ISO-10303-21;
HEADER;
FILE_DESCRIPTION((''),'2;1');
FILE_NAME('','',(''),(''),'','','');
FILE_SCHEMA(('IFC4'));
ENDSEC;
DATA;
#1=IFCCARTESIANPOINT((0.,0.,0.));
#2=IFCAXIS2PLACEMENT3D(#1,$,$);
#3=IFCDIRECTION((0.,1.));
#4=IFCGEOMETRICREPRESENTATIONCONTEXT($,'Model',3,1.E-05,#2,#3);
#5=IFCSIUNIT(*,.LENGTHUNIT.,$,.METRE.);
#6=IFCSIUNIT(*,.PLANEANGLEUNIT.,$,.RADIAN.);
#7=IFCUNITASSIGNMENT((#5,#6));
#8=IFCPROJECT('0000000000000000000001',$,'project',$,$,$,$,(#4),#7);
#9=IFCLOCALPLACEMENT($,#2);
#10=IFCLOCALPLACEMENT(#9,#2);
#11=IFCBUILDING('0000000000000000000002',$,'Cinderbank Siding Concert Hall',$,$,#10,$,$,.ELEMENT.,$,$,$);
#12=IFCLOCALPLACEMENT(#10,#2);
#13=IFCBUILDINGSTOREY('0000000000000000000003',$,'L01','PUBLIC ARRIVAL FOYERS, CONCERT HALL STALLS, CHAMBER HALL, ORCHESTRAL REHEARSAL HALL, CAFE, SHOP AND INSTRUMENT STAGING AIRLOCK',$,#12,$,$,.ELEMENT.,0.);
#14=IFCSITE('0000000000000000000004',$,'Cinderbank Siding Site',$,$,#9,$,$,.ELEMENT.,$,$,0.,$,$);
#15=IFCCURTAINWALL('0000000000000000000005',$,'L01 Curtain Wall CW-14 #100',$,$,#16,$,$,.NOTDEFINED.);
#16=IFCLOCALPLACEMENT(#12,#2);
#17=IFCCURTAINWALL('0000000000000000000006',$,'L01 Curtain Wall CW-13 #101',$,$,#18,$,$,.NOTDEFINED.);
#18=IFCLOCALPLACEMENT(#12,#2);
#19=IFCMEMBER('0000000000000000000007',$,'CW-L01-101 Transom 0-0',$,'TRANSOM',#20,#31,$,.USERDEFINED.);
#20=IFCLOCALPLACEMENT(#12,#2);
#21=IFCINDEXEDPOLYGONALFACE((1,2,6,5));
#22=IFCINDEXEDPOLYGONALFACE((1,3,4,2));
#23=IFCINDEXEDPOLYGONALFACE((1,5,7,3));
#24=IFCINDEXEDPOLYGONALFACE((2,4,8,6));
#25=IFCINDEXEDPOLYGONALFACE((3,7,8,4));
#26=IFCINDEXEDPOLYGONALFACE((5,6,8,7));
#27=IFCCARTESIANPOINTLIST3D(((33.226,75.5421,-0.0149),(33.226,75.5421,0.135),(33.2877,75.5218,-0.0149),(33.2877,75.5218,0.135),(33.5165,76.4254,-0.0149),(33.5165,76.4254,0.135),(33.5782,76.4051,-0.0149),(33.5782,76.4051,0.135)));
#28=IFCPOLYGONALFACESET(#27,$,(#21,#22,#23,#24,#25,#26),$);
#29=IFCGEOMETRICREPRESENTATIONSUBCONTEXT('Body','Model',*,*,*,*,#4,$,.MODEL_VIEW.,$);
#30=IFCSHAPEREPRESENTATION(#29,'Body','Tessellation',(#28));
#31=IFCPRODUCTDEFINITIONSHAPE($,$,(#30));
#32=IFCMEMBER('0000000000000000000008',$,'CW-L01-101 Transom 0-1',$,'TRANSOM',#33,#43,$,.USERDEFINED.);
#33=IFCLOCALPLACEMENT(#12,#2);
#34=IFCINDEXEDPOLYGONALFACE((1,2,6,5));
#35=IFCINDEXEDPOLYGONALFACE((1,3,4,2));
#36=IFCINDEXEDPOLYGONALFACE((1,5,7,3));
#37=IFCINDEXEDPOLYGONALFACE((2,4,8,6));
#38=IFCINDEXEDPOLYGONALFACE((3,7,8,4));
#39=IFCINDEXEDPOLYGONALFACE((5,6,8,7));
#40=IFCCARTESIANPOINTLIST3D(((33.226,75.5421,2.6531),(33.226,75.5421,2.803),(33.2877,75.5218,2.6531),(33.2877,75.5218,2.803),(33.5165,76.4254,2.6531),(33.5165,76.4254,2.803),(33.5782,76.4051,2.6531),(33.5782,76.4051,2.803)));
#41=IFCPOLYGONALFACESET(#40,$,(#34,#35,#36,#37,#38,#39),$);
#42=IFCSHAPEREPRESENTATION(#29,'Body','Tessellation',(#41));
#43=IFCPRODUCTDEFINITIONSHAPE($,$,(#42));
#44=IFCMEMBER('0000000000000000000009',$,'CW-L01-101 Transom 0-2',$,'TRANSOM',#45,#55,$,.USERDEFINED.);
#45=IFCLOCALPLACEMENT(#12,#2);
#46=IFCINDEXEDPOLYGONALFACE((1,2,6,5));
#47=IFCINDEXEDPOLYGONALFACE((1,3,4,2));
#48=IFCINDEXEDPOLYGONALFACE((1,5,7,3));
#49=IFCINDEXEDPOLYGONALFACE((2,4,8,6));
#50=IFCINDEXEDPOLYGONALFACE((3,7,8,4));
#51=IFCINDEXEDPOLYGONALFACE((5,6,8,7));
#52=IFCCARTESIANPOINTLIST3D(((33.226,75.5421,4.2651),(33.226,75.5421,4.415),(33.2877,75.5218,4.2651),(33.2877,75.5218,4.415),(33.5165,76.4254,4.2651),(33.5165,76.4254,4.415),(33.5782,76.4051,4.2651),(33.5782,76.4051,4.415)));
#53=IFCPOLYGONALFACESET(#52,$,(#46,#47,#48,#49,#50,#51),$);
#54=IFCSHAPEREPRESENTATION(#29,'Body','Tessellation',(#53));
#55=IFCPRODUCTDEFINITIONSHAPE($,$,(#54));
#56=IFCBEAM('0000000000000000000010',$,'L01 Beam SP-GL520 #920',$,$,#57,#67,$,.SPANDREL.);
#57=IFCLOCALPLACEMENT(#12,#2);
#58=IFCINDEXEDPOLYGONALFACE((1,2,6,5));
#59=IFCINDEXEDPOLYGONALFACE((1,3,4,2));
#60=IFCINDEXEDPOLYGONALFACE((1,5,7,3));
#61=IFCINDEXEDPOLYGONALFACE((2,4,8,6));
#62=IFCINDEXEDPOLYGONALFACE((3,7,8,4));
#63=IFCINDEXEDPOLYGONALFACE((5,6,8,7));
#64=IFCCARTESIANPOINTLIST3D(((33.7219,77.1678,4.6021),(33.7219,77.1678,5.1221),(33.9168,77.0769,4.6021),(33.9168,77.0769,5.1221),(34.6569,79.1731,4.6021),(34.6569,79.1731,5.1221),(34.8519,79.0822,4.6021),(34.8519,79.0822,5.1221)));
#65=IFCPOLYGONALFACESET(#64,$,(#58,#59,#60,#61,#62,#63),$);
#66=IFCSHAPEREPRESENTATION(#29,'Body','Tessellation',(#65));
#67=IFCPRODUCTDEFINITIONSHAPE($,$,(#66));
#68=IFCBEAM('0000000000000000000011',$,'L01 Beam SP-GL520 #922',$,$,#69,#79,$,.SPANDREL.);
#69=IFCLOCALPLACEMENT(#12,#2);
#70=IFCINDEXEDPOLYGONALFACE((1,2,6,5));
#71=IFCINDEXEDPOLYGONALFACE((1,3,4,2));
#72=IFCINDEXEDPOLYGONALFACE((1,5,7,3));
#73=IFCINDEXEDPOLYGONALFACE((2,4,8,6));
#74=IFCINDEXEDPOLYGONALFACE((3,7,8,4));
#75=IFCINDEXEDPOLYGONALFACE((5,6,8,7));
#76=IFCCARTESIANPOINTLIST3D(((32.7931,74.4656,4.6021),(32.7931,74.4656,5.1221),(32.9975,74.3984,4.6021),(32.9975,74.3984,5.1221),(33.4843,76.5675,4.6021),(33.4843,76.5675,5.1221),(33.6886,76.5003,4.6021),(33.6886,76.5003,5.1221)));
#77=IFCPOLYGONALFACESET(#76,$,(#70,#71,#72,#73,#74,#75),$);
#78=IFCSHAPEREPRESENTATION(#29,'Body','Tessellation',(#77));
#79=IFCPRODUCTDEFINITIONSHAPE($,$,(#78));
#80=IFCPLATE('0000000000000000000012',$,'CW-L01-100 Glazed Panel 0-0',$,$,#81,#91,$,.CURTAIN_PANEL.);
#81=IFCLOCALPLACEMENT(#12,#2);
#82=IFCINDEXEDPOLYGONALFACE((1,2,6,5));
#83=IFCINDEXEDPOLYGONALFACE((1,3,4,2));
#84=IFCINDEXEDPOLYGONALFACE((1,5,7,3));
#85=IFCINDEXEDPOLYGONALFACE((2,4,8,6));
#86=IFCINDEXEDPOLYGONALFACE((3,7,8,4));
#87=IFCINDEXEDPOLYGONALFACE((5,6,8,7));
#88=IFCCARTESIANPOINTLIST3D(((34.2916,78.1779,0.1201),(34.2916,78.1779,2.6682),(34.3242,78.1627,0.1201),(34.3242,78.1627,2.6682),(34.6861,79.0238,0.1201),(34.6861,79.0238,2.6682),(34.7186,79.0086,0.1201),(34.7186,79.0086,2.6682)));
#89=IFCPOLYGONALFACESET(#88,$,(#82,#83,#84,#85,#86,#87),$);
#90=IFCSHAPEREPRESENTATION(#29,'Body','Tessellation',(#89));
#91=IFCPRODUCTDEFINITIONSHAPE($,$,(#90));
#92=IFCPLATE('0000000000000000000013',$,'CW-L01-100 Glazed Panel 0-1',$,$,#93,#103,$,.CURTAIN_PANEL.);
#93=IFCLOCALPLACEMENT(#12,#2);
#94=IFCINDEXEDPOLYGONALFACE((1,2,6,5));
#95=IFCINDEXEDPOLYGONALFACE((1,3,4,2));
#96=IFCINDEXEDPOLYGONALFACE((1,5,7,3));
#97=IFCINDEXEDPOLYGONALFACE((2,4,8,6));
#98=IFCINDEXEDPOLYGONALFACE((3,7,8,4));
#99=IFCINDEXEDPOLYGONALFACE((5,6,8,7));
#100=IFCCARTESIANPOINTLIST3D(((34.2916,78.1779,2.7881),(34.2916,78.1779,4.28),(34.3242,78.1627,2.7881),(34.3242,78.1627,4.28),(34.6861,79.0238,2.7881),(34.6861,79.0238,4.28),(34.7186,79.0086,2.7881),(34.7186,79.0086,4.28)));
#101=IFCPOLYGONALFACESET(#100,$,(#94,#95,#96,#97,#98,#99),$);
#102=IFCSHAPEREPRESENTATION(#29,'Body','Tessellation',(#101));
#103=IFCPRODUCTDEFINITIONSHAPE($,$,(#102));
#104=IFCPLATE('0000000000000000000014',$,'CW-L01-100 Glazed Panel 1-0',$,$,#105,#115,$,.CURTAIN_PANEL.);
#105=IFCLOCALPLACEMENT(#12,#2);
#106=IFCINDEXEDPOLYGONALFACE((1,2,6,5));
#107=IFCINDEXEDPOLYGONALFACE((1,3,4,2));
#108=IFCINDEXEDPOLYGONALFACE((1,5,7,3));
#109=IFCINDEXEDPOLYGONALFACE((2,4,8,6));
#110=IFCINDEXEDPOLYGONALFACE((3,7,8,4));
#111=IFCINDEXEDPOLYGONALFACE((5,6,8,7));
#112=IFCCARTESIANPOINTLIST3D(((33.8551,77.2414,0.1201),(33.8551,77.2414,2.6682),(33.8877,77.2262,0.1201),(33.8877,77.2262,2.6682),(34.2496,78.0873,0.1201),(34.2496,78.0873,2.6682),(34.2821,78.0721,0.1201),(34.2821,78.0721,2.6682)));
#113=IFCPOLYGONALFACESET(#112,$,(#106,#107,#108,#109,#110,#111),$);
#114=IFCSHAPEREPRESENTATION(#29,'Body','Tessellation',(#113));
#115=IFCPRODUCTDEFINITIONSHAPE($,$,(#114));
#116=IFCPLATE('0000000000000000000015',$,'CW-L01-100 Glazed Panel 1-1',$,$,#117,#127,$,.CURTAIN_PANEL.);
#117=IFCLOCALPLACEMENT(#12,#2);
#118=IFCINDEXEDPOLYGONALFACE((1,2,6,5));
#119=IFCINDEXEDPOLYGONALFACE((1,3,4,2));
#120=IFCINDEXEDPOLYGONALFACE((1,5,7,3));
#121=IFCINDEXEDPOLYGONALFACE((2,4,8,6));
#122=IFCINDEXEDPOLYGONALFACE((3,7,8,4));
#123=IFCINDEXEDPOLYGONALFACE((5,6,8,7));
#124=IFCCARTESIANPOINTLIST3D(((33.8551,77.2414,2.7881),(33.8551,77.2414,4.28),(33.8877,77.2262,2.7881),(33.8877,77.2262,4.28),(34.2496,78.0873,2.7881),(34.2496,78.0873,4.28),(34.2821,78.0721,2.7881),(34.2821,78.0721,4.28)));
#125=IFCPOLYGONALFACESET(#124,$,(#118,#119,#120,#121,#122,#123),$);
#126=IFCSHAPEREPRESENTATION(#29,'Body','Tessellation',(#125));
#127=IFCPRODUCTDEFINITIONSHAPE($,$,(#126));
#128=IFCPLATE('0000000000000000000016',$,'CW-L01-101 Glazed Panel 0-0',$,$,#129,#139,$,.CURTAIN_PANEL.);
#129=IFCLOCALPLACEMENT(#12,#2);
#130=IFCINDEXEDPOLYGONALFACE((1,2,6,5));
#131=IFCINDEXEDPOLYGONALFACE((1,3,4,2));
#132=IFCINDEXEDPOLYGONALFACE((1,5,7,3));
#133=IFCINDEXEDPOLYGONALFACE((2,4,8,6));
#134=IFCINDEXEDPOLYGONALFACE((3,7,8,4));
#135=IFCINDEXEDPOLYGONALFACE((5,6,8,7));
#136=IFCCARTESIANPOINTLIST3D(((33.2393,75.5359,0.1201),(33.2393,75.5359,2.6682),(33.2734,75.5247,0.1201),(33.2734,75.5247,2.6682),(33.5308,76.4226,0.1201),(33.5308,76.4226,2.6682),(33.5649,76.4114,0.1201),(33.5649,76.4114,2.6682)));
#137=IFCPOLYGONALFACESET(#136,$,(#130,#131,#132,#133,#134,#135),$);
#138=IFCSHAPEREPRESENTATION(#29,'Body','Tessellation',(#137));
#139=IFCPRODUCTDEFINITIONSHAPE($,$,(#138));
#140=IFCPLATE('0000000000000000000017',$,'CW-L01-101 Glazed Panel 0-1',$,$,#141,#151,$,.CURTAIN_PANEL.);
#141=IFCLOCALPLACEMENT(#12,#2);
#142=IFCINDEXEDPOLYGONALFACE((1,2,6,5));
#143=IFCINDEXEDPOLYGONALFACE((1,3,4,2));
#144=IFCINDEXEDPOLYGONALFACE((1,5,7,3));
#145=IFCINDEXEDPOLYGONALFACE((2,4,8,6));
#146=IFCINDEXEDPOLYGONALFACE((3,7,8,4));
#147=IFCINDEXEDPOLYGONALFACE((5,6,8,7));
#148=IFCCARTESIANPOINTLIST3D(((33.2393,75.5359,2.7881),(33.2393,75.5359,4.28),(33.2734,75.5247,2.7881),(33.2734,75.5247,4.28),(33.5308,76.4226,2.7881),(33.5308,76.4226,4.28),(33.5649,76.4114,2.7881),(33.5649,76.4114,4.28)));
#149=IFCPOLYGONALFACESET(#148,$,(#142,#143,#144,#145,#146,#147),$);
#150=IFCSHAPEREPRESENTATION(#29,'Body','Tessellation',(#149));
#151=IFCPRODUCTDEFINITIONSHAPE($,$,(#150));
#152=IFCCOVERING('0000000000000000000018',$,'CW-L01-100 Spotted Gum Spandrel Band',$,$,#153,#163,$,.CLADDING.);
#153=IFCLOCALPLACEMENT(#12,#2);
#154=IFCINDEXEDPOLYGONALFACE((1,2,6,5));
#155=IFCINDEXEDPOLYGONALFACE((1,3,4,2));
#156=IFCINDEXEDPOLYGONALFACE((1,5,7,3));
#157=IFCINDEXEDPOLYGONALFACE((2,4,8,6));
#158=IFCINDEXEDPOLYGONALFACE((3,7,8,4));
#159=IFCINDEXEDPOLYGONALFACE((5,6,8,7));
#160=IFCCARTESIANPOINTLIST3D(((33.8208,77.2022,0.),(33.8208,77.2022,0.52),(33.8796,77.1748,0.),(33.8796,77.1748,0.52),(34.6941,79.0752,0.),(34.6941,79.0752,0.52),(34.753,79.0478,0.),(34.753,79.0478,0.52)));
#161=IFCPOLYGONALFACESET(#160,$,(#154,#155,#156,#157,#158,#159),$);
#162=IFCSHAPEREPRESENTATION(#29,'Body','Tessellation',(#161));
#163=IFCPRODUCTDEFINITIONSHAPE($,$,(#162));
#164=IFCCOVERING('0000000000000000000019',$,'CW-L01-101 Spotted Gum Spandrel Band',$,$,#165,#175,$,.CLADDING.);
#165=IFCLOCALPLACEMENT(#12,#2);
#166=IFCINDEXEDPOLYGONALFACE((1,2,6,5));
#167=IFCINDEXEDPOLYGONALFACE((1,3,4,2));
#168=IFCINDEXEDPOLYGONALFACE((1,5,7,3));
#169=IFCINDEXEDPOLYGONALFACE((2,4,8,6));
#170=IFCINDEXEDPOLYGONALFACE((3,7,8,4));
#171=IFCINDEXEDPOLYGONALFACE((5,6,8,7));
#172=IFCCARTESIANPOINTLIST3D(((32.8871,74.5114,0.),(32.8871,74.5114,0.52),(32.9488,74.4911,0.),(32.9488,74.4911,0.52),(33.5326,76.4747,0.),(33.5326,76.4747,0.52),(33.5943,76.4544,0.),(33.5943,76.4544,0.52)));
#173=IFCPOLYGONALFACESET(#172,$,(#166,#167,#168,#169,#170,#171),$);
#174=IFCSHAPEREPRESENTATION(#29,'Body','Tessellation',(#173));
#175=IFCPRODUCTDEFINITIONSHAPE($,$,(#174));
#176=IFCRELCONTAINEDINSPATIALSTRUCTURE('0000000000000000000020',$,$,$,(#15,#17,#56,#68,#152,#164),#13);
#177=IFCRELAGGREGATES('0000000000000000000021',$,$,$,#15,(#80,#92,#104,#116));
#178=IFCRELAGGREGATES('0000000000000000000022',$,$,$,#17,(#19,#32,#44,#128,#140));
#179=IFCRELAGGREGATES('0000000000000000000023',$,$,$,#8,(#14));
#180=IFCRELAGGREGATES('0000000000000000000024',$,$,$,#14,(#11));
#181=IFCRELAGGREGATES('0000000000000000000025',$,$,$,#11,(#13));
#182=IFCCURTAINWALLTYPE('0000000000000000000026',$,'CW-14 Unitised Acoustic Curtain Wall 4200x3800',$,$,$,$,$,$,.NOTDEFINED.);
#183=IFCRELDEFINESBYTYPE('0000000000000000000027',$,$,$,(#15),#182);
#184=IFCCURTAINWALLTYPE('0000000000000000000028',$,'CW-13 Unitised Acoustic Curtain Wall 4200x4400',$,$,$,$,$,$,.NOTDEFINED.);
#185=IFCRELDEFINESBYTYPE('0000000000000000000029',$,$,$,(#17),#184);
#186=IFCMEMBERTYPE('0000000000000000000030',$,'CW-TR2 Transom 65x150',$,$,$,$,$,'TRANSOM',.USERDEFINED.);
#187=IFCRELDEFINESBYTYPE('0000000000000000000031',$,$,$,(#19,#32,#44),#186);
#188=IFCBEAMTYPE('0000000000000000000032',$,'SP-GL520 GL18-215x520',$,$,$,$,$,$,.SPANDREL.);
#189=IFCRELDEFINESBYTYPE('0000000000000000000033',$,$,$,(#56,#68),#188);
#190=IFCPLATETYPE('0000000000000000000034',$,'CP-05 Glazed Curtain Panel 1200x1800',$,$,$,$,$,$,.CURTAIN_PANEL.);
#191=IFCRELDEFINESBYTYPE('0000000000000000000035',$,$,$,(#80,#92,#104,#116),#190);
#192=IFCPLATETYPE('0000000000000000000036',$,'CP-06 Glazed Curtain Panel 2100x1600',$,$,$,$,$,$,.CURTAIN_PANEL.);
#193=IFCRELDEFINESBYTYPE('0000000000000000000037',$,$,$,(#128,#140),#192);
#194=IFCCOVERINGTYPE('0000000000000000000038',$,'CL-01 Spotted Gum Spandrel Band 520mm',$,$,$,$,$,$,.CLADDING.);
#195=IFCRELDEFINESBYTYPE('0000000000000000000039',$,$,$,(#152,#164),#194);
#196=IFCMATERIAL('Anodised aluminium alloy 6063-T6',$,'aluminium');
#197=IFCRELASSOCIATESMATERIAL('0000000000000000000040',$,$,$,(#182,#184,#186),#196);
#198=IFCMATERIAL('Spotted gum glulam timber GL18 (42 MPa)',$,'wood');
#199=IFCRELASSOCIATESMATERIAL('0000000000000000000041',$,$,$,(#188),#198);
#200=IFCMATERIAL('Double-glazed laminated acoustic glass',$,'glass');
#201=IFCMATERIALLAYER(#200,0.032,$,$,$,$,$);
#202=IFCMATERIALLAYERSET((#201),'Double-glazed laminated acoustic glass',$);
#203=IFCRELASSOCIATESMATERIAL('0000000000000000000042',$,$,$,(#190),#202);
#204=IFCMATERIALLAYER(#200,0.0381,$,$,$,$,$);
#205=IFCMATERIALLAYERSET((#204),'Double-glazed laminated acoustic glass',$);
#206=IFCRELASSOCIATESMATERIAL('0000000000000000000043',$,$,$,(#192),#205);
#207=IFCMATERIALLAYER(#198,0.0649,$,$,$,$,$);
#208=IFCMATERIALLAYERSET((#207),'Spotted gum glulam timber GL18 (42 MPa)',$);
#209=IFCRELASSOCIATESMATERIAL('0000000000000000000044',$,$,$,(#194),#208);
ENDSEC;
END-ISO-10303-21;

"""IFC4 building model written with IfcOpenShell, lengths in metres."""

from ifc_helpers import new_model, si_unit, direction, frame, origin, origin_2d, place, context, subcontext, project, spatial, rectangle, extrude, material, layer, layer_set, material_profile, profile_set, type_object, element, aggregate, save


model = new_model("IFC4")

# Units and contexts
model_context = context("Model", 3, precision=1e-05, world=origin(), true_north=direction((0.0, 1.0)))
body_context = subcontext(model_context, "Body", "Model", "MODEL_VIEW")
ifc_project = project(units=[si_unit("LENGTHUNIT", "METRE"), si_unit("PLANEANGLEUNIT", "RADIAN")], contexts=[model_context])

# Site, building, storey
site_placement = place(None, origin())
site = spatial("IfcSite", under=ifc_project, at=site_placement, Name="Cinderbank Siding Site", CompositionType="ELEMENT", RefElevation=0.0)
building_placement = place(site_placement, origin())
building = spatial("IfcBuilding", under=site, at=building_placement, Name="Cinderbank Siding Concert Hall", CompositionType="ELEMENT")
storey_placement = place(building_placement, origin())
storey = spatial("IfcBuildingStorey", under=building, at=storey_placement, Name="L01", Description="PUBLIC ARRIVAL FOYERS, CONCERT HALL STALLS, CHAMBER HALL, ORCHESTRAL REHEARSAL HALL, CAFE, SHOP AND INSTRUMENT STAGING AIRLOCK", CompositionType="ELEMENT", Elevation=0.0)

# Curtain walls
ifc_material_1 = material(Name="Anodised aluminium alloy 6063-T6", Category="aluminium")
curtain_wall_type_1 = type_object("IfcCurtainWallType", Name="CW-14 Unitised Acoustic Curtain Wall 4200x3800", PredefinedType="NOTDEFINED", material=ifc_material_1)
curtain_wall_1_placement = place(storey_placement, origin())
curtain_wall_1 = element("IfcCurtainWall", 1, at=curtain_wall_1_placement, inside=storey, type_object=curtain_wall_type_1, Name="L01 Curtain Wall CW-14 #100", PredefinedType="NOTDEFINED")
curtain_wall_type_2 = type_object("IfcCurtainWallType", Name="CW-13 Unitised Acoustic Curtain Wall 4200x4400", PredefinedType="NOTDEFINED", material=ifc_material_1)
curtain_wall_2_placement = place(storey_placement, origin())
curtain_wall_2 = element("IfcCurtainWall", 2, at=curtain_wall_2_placement, inside=storey, type_object=curtain_wall_type_2, Name="L01 Curtain Wall CW-13 #101", PredefinedType="NOTDEFINED")

# Members
ifc_material_profile_1 = material_profile(ifc_material_1, rectangle(XDim=0.0649, YDim=0.1499, at=origin_2d()), Name="ALU-TRAN-65x150", Category="LoadBearing")
ifc_profile_set_1 = profile_set([ifc_material_profile_1], Name="Anodised aluminium alloy 6063-T6")
member_type_1 = type_object("IfcMemberType", Name="CW-TR2 Transom 65x150", ElementType="TRANSOM", PredefinedType="USERDEFINED", material=ifc_profile_set_1)
member_1_placement = place(storey_placement, frame((33.5474, 76.4153, 0.0601), z_axis=(-0.312444, -0.949936, 0.0), x_axis=(0.949936, -0.312444, 0.0)))
member_1 = element("IfcMember", 3, at=member_1_placement, type_object=member_type_1, Name="CW-L01-101 Transom 0-0", ObjectType="TRANSOM", PredefinedType="USERDEFINED", context=body_context, shape_type="SweptSolid", body=[
    extrude(rectangle(XDim=0.0649, YDim=0.1499, at=origin_2d()), origin(), (0.0, 0.0, 1.0), 0.9299),
])
member_2_placement = place(storey_placement, frame((33.5474, 76.4153, 2.728), z_axis=(-0.312444, -0.949936, 0.0), x_axis=(0.949936, -0.312444, 0.0)))
member_2 = element("IfcMember", 4, at=member_2_placement, type_object=member_type_1, Name="CW-L01-101 Transom 0-1", ObjectType="TRANSOM", PredefinedType="USERDEFINED", context=body_context, shape_type="SweptSolid", body=[
    extrude(rectangle(XDim=0.0649, YDim=0.1499, at=origin_2d()), origin(), (0.0, 0.0, 1.0), 0.9299),
])
member_3_placement = place(storey_placement, frame((33.5474, 76.4153, 4.3401), z_axis=(-0.312444, -0.949936, 0.0), x_axis=(0.949936, -0.312444, 0.0)))
member_3 = element("IfcMember", 5, at=member_3_placement, type_object=member_type_1, Name="CW-L01-101 Transom 0-2", ObjectType="TRANSOM", PredefinedType="USERDEFINED", context=body_context, shape_type="SweptSolid", body=[
    extrude(rectangle(XDim=0.0649, YDim=0.1499, at=origin_2d()), origin(), (0.0, 0.0, 1.0), 0.9299),
])

# Beams
ifc_material_2 = material(Name="Spotted gum glulam timber GL18 (42 MPa)", Category="wood")
ifc_material_profile_2 = material_profile(ifc_material_2, rectangle(XDim=0.2151, YDim=0.52, at=origin_2d()), Name="GL18-215x520", Category="LoadBearing")
ifc_profile_set_2 = profile_set([ifc_material_profile_2], Name="Spotted gum glulam timber GL18 (42 MPa)")
beam_type_1 = type_object("IfcBeamType", Name="SP-GL520 GL18-215x520", PredefinedType="SPANDREL", material=ifc_profile_set_2)
for number, where, z_axis, x_axis, name in (
    (6, (34.7544, 79.1277, 4.8621), (-0.422596, -0.906318, 0.0), (0.906318, -0.422596, 0.0), "L01 Beam SP-GL520 #920"),
    (7, (33.5864, 76.5339, 4.8621), (-0.312352, -0.949966, 0.0), (0.949966, -0.312352, 0.0), "L01 Beam SP-GL520 #922"),
):
    element("IfcBeam", number, at=place(storey_placement, frame(where, z_axis=z_axis, x_axis=x_axis)), inside=storey, type_object=beam_type_1, Name=name, PredefinedType="SPANDREL", context=body_context, shape_type="SweptSolid", body=[
        extrude(rectangle(XDim=0.2151, YDim=0.52, at=origin_2d()), origin(), (0.0, 0.0, 1.0), 2.2126),
    ])

# Plates
ifc_material_3 = material(Name="Double-glazed laminated acoustic glass", Category="glass")
ifc_layer_1 = layer(ifc_material_3, 0.032)
ifc_layer_set_1 = layer_set([ifc_layer_1], Name="Double-glazed laminated acoustic glass")
plate_type_1 = type_object("IfcPlateType", Name="CP-05 Glazed Curtain Panel 1200x1800", PredefinedType="CURTAIN_PANEL", material=ifc_layer_set_1)
plate_1_placement = place(storey_placement, frame((34.5051, 78.5933, 0.1201), z_axis=(0.0, 0.0, 1.0), x_axis=(-0.422597, -0.906318, 0.0)))
plate_1 = element("IfcPlate", 8, at=plate_1_placement, type_object=plate_type_1, Name="CW-L01-100 Glazed Panel 0-0", PredefinedType="CURTAIN_PANEL", context=body_context, shape_type="SweptSolid", body=[
    extrude(rectangle(XDim=0.9333, YDim=0.0359, at=origin_2d()), origin(), (0.0, 0.0, 1.0), 2.5481),
])
plate_2_placement = place(storey_placement, frame((34.5051, 78.5933, 2.7881), z_axis=(0.0, 0.0, 1.0), x_axis=(-0.422597, -0.906318, 0.0)))
plate_2 = element("IfcPlate", 9, at=plate_2_placement, type_object=plate_type_1, Name="CW-L01-100 Glazed Panel 0-1", PredefinedType="CURTAIN_PANEL", context=body_context, shape_type="SweptSolid", body=[
    extrude(rectangle(XDim=0.9333, YDim=0.0359, at=origin_2d()), origin(), (0.0, 0.0, 1.0), 1.4919),
])
plate_3_placement = place(storey_placement, frame((34.0686, 77.6567, 0.1201), z_axis=(0.0, 0.0, 1.0), x_axis=(-0.422597, -0.906318, 0.0)))
plate_3 = element("IfcPlate", 10, at=plate_3_placement, type_object=plate_type_1, Name="CW-L01-100 Glazed Panel 1-0", PredefinedType="CURTAIN_PANEL", context=body_context, shape_type="SweptSolid", body=[
    extrude(rectangle(XDim=0.9333, YDim=0.0359, at=origin_2d()), origin(), (0.0, 0.0, 1.0), 2.5481),
])
plate_4_placement = place(storey_placement, frame((34.0686, 77.6567, 2.7881), z_axis=(0.0, 0.0, 1.0), x_axis=(-0.422597, -0.906318, 0.0)))
plate_4 = element("IfcPlate", 11, at=plate_4_placement, type_object=plate_type_1, Name="CW-L01-100 Glazed Panel 1-1", PredefinedType="CURTAIN_PANEL", context=body_context, shape_type="SweptSolid", body=[
    extrude(rectangle(XDim=0.9333, YDim=0.0359, at=origin_2d()), origin(), (0.0, 0.0, 1.0), 1.4919),
])
aggregate(curtain_wall_1, [plate_1, plate_2, plate_3, plate_4])
ifc_layer_2 = layer(ifc_material_3, 0.0381)
ifc_layer_set_2 = layer_set([ifc_layer_2], Name="Double-glazed laminated acoustic glass")
plate_type_2 = type_object("IfcPlateType", Name="CP-06 Glazed Curtain Panel 2100x1600", PredefinedType="CURTAIN_PANEL", material=ifc_layer_set_2)
plate_5_placement = place(storey_placement, frame((33.4021, 75.9736, 0.1201), z_axis=(0.0, 0.0, 1.0), x_axis=(-0.312358, -0.949965, 0.0)))
plate_5 = element("IfcPlate", 12, at=plate_5_placement, type_object=plate_type_2, Name="CW-L01-101 Glazed Panel 0-0", PredefinedType="CURTAIN_PANEL", context=body_context, shape_type="SweptSolid", body=[
    extrude(rectangle(XDim=0.9333, YDim=0.0359, at=origin_2d()), origin(), (0.0, 0.0, 1.0), 2.5481),
])
plate_6_placement = place(storey_placement, frame((33.4021, 75.9736, 2.7881), z_axis=(0.0, 0.0, 1.0), x_axis=(-0.312358, -0.949965, 0.0)))
plate_6 = element("IfcPlate", 13, at=plate_6_placement, type_object=plate_type_2, Name="CW-L01-101 Glazed Panel 0-1", PredefinedType="CURTAIN_PANEL", context=body_context, shape_type="SweptSolid", body=[
    extrude(rectangle(XDim=0.9333, YDim=0.0359, at=origin_2d()), origin(), (0.0, 0.0, 1.0), 1.4919),
])
aggregate(curtain_wall_2, [member_1, member_2, member_3, plate_5, plate_6])

# Coverings
ifc_layer_3 = layer(ifc_material_2, 0.0649)
ifc_layer_set_3 = layer_set([ifc_layer_3], Name="Spotted gum glulam timber GL18 (42 MPa)")
covering_type = type_object("IfcCoveringType", Name="CL-01 Spotted Gum Spandrel Band 520mm", PredefinedType="CLADDING", material=ifc_layer_set_3)
for number, where, z_axis, x_axis, name in (
    (14, (34.2869, 78.125, 0.0), (0.0, 0.0, 1.0), (-0.422597, -0.906318, 0.0), "CW-L01-100 Spotted Gum Spandrel Band"),
    (15, (33.2407, 75.4829, 0.0), (0.0, 0.0, 1.0), (-0.312358, -0.949965, 0.0), "CW-L01-101 Spotted Gum Spandrel Band"),
):
    element("IfcCovering", number, at=place(storey_placement, frame(where, z_axis=z_axis, x_axis=x_axis)), inside=storey, type_object=covering_type, Name=name, PredefinedType="CLADDING", context=body_context, shape_type="SweptSolid", body=[
        extrude(rectangle(XDim=2.0667, YDim=0.0649, at=origin_2d()), origin(), (0.0, 0.0, 1.0), 0.52),
    ])

save(model, "model.ifc")
